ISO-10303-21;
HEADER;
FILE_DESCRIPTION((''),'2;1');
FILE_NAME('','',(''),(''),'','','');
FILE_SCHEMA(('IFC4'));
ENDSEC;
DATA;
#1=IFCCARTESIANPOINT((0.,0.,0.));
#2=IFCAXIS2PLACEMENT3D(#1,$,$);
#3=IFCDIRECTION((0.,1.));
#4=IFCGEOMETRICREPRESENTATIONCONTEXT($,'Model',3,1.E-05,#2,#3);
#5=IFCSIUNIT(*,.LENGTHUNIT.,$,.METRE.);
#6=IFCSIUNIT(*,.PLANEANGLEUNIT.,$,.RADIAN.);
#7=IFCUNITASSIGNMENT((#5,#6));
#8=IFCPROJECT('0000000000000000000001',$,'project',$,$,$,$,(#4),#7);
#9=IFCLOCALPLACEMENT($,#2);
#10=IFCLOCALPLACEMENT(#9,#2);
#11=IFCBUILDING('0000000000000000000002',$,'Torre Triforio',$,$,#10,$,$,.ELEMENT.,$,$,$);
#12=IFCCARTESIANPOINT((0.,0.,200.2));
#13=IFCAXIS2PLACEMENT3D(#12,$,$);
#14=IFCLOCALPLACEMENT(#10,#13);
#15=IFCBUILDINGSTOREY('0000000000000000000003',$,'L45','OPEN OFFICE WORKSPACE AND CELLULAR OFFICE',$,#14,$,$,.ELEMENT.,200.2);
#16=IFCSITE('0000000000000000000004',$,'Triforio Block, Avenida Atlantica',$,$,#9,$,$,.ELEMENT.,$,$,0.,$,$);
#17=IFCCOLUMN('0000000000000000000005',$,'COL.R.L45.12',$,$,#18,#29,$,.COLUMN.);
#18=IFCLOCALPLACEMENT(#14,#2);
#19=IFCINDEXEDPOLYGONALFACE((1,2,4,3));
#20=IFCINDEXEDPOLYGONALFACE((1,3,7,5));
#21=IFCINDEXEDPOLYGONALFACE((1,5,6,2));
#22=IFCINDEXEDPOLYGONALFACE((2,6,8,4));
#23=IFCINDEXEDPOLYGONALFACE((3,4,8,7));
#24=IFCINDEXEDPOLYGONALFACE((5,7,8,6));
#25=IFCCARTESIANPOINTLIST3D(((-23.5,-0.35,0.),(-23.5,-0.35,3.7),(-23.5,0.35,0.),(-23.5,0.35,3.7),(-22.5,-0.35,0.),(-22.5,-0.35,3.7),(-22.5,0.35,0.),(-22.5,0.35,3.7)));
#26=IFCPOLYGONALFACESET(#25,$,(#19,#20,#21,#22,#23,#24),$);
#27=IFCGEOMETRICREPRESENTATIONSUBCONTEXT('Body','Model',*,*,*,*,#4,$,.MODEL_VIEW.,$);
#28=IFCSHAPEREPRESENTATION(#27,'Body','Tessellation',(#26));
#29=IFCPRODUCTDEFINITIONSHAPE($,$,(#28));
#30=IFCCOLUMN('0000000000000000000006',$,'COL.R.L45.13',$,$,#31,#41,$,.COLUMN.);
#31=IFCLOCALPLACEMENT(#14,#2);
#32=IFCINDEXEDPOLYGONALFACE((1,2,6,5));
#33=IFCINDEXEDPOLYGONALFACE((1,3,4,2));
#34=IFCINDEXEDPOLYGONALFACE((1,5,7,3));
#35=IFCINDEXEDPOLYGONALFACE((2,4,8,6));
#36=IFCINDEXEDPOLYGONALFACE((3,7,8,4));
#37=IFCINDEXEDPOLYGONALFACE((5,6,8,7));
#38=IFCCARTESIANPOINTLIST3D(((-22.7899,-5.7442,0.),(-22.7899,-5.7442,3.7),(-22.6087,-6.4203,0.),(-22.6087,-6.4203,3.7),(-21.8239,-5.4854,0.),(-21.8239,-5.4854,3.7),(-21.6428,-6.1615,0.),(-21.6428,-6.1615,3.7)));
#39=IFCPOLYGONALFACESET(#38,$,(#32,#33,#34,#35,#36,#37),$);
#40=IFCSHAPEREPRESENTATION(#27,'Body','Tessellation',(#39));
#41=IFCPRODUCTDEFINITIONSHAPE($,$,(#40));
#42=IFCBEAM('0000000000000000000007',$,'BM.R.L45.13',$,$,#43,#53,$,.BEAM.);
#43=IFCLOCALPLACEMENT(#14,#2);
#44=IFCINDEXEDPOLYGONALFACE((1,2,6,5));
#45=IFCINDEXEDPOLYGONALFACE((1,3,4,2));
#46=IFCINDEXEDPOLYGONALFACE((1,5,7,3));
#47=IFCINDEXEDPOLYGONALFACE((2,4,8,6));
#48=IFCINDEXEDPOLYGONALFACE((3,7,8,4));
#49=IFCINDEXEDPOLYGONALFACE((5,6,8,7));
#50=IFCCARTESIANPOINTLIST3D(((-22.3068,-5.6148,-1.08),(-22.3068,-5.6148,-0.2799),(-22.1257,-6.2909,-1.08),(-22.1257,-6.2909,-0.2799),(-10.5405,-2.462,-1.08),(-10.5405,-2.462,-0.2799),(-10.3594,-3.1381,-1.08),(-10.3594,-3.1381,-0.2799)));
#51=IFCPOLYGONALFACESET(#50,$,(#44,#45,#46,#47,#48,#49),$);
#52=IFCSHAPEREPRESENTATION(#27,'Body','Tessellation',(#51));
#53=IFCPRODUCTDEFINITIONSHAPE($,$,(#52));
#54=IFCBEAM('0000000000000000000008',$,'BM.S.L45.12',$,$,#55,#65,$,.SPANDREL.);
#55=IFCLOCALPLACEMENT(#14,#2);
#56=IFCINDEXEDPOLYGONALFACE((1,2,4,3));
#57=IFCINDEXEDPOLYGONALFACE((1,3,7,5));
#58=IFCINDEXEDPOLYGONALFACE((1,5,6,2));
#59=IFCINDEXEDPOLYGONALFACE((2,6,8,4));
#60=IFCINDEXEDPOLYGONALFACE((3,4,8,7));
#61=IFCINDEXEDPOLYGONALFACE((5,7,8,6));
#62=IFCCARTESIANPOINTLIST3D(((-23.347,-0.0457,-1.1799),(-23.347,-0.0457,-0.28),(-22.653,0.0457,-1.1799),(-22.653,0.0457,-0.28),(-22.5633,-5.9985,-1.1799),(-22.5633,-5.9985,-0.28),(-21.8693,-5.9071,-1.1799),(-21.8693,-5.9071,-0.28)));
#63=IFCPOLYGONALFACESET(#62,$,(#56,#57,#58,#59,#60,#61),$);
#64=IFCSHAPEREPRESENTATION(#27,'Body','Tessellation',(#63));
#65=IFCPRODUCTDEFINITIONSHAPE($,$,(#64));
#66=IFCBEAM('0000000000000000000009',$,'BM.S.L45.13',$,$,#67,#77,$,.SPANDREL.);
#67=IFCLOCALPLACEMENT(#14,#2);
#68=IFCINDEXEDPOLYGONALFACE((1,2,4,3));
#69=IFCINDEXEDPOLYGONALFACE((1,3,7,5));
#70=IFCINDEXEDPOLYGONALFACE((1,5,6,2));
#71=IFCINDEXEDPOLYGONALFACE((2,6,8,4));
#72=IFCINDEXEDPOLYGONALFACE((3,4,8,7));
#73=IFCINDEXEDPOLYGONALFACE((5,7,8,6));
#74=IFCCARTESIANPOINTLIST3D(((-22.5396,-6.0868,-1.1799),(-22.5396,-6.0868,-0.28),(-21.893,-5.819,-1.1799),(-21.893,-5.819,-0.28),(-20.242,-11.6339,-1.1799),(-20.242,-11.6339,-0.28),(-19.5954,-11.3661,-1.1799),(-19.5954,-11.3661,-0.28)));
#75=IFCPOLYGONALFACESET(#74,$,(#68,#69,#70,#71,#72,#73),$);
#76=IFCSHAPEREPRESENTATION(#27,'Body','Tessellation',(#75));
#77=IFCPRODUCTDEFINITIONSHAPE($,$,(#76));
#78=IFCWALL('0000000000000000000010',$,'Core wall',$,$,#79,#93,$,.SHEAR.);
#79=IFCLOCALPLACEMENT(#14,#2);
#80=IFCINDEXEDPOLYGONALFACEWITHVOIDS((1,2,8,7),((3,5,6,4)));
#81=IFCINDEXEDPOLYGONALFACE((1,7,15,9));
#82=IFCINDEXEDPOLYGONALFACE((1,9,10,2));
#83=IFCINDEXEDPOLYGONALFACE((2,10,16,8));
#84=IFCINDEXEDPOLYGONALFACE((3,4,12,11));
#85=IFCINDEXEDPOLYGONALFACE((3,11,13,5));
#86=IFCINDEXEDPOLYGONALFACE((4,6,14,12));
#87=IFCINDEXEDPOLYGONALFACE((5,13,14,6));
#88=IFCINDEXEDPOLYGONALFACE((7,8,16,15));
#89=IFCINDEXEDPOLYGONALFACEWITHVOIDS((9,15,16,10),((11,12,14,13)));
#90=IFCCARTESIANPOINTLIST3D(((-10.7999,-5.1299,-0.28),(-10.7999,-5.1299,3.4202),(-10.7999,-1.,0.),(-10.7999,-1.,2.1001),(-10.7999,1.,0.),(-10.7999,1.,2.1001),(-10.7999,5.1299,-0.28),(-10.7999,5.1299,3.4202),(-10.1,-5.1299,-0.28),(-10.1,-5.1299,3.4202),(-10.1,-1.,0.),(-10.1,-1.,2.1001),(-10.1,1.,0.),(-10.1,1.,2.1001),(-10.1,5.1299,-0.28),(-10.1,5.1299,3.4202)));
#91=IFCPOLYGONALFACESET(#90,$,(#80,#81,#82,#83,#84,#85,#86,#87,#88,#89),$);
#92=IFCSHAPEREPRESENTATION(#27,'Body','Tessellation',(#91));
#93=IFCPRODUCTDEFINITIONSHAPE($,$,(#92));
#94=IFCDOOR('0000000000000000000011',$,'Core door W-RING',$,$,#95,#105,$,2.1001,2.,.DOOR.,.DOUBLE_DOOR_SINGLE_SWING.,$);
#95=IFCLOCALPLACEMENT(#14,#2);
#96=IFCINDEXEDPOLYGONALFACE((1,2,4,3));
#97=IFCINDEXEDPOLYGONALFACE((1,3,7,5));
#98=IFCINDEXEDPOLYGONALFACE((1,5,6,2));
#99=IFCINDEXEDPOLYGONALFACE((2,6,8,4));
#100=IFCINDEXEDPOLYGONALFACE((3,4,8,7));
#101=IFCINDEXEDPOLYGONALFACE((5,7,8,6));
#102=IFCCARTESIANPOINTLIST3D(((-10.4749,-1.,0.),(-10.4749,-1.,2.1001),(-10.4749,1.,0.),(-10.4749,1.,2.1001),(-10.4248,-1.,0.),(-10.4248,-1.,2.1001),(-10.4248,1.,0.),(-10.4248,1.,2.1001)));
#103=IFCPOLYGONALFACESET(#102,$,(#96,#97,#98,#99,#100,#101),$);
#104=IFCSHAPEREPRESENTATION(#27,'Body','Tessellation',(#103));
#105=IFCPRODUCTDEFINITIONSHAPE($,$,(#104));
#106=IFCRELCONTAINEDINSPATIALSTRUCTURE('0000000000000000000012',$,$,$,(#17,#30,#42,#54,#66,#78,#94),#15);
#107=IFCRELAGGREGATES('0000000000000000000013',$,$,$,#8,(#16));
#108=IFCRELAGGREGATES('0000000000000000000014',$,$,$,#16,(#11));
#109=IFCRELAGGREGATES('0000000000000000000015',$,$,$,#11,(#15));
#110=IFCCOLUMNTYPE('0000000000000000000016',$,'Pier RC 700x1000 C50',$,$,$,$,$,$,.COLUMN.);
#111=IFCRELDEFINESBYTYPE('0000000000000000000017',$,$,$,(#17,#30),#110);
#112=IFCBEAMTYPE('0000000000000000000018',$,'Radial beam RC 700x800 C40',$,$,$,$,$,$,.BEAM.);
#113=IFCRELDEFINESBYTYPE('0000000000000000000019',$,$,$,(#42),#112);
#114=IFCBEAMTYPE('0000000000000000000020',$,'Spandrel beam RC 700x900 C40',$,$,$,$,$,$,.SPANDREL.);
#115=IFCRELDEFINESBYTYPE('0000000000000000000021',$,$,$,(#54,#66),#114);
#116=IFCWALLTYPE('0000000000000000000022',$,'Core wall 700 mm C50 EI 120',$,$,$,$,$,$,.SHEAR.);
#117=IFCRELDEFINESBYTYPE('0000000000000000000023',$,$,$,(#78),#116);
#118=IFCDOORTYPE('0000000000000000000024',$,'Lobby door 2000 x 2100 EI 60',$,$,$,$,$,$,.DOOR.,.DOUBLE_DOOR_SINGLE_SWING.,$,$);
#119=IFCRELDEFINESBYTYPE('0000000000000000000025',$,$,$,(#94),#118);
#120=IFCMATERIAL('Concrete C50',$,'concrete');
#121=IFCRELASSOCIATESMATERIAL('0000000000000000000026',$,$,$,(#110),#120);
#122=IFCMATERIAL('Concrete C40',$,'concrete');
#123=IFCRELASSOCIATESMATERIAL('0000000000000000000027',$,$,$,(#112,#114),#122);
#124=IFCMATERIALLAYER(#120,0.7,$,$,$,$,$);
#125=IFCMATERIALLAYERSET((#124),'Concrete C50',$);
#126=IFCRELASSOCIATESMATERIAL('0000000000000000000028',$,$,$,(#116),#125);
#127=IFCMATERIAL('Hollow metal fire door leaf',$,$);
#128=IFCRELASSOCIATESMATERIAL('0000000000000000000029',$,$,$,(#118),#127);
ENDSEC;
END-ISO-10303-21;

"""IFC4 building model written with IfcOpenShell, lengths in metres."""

from ifc_helpers import new_model, si_unit, direction, frame, frame_2d, origin, origin_2d, place, context, subcontext, project, spatial, rectangle, extrude, material, layer, layer_set, material_profile, profile_set, type_object, element, fill, save


model = new_model("IFC4")

# Units and contexts
model_context = context("Model", 3, precision=1e-05, world=origin(), true_north=direction((0.0, 1.0)))
body_context = subcontext(model_context, "Body", "Model", "MODEL_VIEW")
ifc_project = project(units=[si_unit("LENGTHUNIT", "METRE"), si_unit("PLANEANGLEUNIT", "RADIAN")], contexts=[model_context])

# Site, building, storey
site_placement = place(None, origin())
site = spatial("IfcSite", under=ifc_project, at=site_placement, Name="Triforio Block, Avenida Atlantica", CompositionType="ELEMENT", RefElevation=0.0)
building_placement = place(site_placement, origin())
building = spatial("IfcBuilding", under=site, at=building_placement, Name="Torre Triforio", CompositionType="ELEMENT")
storey_placement = place(building_placement, frame((0.0, 0.0, 200.2)))
storey = spatial("IfcBuildingStorey", under=building, at=storey_placement, Name="L45", Description="OPEN OFFICE WORKSPACE AND CELLULAR OFFICE", CompositionType="ELEMENT", Elevation=200.2)

# Columns
ifc_material_1 = material(Name="Concrete C50", Category="concrete")
ifc_material_profile_1 = material_profile(ifc_material_1, rectangle(XDim=0.7, YDim=1.0, at=origin_2d()), Name="RC 700x1000")
ifc_profile_set_1 = profile_set([ifc_material_profile_1], Name="Concrete C50")
column_type = type_object("IfcColumnType", Name="Pier RC 700x1000 C50", PredefinedType="COLUMN", material=ifc_profile_set_1)
for number, where, z_axis, x_axis, name in (
    (1, (-23.0, 0.0, 0.0), (0.0, 0.0, 1.0), (0.0, -1.0, 0.0), "COL.R.L45.12"),
    (2, (-22.2163, -5.9529, 0.0), (0.0, 0.0, 1.0), (0.258819, -0.965926, 0.0), "COL.R.L45.13"),
):
    element("IfcColumn", number, at=place(storey_placement, frame(where, z_axis=z_axis, x_axis=x_axis)), inside=storey, type_object=column_type, Name=name, PredefinedType="COLUMN", context=body_context, shape_type="SweptSolid", body=[
        extrude(rectangle(XDim=0.7, YDim=1.0, at=origin_2d()), origin(), (0.0, 0.0, 1.0), 3.7),
    ])

# Beams
ifc_material_2 = material(Name="Concrete C40", Category="concrete")
ifc_material_profile_2 = material_profile(ifc_material_2, rectangle(XDim=0.7, YDim=0.8, at=origin_2d()), Name="RC 700x800")
ifc_profile_set_2 = profile_set([ifc_material_profile_2], Name="Concrete C40")
beam_type_1 = type_object("IfcBeamType", Name="Radial beam RC 700x800 C40", PredefinedType="BEAM", material=ifc_profile_set_2)
beam_placement = place(storey_placement, frame((-10.45, -2.8, -0.6799), z_axis=(-0.965925, -0.258823, 0.0), x_axis=(0.258823, -0.965925, 0.0)))
element("IfcBeam", 3, at=beam_placement, inside=storey, type_object=beam_type_1, Name="BM.R.L45.13", PredefinedType="BEAM", context=body_context, shape_type="SweptSolid", body=[
    extrude(rectangle(XDim=0.7, YDim=0.8, at=origin_2d()), origin(), (0.0, 0.0, 1.0), 12.1814),
])
ifc_material_profile_3 = material_profile(ifc_material_2, rectangle(XDim=0.7, YDim=0.8999, at=origin_2d()), Name="RC 700x900")
ifc_profile_set_3 = profile_set([ifc_material_profile_3], Name="Concrete C40")
beam_type_2 = type_object("IfcBeamType", Name="Spandrel beam RC 700x900 C40", PredefinedType="SPANDREL", material=ifc_profile_set_3)
for number, where, z_axis, x_axis, name in (
    (4, (-23.0, 0.0, -0.73), (0.130523, -0.991445, 0.0), (0.991445, 0.130523, 0.0), "BM.S.L45.12"),
    (5, (-22.2163, -5.9529, -0.73), (0.382671, -0.923885, 0.0), (0.923885, 0.382671, 0.0), "BM.S.L45.13"),
):
    element("IfcBeam", number, at=place(storey_placement, frame(where, z_axis=z_axis, x_axis=x_axis)), inside=storey, type_object=beam_type_2, Name=name, PredefinedType="SPANDREL", context=body_context, shape_type="SweptSolid", body=[
        extrude(rectangle(XDim=0.7, YDim=0.8999, at=origin_2d()), origin(), (0.0, 0.0, 1.0), 6.0042),
    ])

# Wall, opening, door
ifc_layer_1 = layer(ifc_material_1, 0.7)
ifc_layer_set_1 = layer_set([ifc_layer_1], Name="Concrete C50")
wall_type_1 = type_object("IfcWallType", Name="Core wall 700 mm C50 EI 120", PredefinedType="SHEAR", material=ifc_layer_set_1)
wall_1_placement = place(storey_placement, frame((-10.45, -5.1299, -0.28), z_axis=(0.0, 0.0, 1.0), x_axis=(0.0, 1.0, 0.0)))
wall_1 = element("IfcWall", 6, at=wall_1_placement, inside=storey, type_object=wall_type_1, Name="Core wall", PredefinedType="SHEAR", context=body_context, shape_type="SweptSolid", body=[
    extrude(rectangle(XDim=10.2598, YDim=0.7, at=frame_2d((5.1299, 0.0))), origin(), (0.0, 0.0, 1.0), 3.7002),
])
opening_1_placement = place(wall_1_placement, frame((4.1299, 0.0, 0.28)))
opening_1 = element("IfcOpeningElement", 7, at=opening_1_placement, cuts=wall_1, PredefinedType="OPENING", context=body_context, shape_type="SweptSolid", body=[
    extrude(rectangle(XDim=2.0, YDim=2.1001, at=frame_2d((1.0, 1.05))), frame((0.0, 0.3599, 0.0), z_axis=(0.0, -1.0, 0.0), x_axis=(1.0, 0.0, 0.0)), (0.0, 0.0, 1.0), 0.72),
])
ifc_material_3 = material(Name="Hollow metal fire door leaf")
door_type_1 = type_object("IfcDoorType", Name="Lobby door 2000 x 2100 EI 60", OperationType="DOUBLE_DOOR_SINGLE_SWING", PredefinedType="DOOR", material=ifc_material_3)
door_1_placement = place(opening_1_placement, origin())
door_1 = element("IfcDoor", 8, at=door_1_placement, inside=storey, type_object=door_type_1, Name="Core door W-RING", OperationType="DOUBLE_DOOR_SINGLE_SWING", OverallHeight=2.1001, OverallWidth=2.0, PredefinedType="DOOR", context=body_context, shape_type="SweptSolid", body=[
    extrude(rectangle(XDim=2.0, YDim=2.1001, at=frame_2d((1.0, 1.05))), frame((0.0, 0.0249, 0.0), z_axis=(0.0, -1.0, 0.0), x_axis=(1.0, 0.0, 0.0)), (0.0, 0.0, 1.0), 0.05),
])
fill(opening_1, door_1)

save(model, "model.ifc")
